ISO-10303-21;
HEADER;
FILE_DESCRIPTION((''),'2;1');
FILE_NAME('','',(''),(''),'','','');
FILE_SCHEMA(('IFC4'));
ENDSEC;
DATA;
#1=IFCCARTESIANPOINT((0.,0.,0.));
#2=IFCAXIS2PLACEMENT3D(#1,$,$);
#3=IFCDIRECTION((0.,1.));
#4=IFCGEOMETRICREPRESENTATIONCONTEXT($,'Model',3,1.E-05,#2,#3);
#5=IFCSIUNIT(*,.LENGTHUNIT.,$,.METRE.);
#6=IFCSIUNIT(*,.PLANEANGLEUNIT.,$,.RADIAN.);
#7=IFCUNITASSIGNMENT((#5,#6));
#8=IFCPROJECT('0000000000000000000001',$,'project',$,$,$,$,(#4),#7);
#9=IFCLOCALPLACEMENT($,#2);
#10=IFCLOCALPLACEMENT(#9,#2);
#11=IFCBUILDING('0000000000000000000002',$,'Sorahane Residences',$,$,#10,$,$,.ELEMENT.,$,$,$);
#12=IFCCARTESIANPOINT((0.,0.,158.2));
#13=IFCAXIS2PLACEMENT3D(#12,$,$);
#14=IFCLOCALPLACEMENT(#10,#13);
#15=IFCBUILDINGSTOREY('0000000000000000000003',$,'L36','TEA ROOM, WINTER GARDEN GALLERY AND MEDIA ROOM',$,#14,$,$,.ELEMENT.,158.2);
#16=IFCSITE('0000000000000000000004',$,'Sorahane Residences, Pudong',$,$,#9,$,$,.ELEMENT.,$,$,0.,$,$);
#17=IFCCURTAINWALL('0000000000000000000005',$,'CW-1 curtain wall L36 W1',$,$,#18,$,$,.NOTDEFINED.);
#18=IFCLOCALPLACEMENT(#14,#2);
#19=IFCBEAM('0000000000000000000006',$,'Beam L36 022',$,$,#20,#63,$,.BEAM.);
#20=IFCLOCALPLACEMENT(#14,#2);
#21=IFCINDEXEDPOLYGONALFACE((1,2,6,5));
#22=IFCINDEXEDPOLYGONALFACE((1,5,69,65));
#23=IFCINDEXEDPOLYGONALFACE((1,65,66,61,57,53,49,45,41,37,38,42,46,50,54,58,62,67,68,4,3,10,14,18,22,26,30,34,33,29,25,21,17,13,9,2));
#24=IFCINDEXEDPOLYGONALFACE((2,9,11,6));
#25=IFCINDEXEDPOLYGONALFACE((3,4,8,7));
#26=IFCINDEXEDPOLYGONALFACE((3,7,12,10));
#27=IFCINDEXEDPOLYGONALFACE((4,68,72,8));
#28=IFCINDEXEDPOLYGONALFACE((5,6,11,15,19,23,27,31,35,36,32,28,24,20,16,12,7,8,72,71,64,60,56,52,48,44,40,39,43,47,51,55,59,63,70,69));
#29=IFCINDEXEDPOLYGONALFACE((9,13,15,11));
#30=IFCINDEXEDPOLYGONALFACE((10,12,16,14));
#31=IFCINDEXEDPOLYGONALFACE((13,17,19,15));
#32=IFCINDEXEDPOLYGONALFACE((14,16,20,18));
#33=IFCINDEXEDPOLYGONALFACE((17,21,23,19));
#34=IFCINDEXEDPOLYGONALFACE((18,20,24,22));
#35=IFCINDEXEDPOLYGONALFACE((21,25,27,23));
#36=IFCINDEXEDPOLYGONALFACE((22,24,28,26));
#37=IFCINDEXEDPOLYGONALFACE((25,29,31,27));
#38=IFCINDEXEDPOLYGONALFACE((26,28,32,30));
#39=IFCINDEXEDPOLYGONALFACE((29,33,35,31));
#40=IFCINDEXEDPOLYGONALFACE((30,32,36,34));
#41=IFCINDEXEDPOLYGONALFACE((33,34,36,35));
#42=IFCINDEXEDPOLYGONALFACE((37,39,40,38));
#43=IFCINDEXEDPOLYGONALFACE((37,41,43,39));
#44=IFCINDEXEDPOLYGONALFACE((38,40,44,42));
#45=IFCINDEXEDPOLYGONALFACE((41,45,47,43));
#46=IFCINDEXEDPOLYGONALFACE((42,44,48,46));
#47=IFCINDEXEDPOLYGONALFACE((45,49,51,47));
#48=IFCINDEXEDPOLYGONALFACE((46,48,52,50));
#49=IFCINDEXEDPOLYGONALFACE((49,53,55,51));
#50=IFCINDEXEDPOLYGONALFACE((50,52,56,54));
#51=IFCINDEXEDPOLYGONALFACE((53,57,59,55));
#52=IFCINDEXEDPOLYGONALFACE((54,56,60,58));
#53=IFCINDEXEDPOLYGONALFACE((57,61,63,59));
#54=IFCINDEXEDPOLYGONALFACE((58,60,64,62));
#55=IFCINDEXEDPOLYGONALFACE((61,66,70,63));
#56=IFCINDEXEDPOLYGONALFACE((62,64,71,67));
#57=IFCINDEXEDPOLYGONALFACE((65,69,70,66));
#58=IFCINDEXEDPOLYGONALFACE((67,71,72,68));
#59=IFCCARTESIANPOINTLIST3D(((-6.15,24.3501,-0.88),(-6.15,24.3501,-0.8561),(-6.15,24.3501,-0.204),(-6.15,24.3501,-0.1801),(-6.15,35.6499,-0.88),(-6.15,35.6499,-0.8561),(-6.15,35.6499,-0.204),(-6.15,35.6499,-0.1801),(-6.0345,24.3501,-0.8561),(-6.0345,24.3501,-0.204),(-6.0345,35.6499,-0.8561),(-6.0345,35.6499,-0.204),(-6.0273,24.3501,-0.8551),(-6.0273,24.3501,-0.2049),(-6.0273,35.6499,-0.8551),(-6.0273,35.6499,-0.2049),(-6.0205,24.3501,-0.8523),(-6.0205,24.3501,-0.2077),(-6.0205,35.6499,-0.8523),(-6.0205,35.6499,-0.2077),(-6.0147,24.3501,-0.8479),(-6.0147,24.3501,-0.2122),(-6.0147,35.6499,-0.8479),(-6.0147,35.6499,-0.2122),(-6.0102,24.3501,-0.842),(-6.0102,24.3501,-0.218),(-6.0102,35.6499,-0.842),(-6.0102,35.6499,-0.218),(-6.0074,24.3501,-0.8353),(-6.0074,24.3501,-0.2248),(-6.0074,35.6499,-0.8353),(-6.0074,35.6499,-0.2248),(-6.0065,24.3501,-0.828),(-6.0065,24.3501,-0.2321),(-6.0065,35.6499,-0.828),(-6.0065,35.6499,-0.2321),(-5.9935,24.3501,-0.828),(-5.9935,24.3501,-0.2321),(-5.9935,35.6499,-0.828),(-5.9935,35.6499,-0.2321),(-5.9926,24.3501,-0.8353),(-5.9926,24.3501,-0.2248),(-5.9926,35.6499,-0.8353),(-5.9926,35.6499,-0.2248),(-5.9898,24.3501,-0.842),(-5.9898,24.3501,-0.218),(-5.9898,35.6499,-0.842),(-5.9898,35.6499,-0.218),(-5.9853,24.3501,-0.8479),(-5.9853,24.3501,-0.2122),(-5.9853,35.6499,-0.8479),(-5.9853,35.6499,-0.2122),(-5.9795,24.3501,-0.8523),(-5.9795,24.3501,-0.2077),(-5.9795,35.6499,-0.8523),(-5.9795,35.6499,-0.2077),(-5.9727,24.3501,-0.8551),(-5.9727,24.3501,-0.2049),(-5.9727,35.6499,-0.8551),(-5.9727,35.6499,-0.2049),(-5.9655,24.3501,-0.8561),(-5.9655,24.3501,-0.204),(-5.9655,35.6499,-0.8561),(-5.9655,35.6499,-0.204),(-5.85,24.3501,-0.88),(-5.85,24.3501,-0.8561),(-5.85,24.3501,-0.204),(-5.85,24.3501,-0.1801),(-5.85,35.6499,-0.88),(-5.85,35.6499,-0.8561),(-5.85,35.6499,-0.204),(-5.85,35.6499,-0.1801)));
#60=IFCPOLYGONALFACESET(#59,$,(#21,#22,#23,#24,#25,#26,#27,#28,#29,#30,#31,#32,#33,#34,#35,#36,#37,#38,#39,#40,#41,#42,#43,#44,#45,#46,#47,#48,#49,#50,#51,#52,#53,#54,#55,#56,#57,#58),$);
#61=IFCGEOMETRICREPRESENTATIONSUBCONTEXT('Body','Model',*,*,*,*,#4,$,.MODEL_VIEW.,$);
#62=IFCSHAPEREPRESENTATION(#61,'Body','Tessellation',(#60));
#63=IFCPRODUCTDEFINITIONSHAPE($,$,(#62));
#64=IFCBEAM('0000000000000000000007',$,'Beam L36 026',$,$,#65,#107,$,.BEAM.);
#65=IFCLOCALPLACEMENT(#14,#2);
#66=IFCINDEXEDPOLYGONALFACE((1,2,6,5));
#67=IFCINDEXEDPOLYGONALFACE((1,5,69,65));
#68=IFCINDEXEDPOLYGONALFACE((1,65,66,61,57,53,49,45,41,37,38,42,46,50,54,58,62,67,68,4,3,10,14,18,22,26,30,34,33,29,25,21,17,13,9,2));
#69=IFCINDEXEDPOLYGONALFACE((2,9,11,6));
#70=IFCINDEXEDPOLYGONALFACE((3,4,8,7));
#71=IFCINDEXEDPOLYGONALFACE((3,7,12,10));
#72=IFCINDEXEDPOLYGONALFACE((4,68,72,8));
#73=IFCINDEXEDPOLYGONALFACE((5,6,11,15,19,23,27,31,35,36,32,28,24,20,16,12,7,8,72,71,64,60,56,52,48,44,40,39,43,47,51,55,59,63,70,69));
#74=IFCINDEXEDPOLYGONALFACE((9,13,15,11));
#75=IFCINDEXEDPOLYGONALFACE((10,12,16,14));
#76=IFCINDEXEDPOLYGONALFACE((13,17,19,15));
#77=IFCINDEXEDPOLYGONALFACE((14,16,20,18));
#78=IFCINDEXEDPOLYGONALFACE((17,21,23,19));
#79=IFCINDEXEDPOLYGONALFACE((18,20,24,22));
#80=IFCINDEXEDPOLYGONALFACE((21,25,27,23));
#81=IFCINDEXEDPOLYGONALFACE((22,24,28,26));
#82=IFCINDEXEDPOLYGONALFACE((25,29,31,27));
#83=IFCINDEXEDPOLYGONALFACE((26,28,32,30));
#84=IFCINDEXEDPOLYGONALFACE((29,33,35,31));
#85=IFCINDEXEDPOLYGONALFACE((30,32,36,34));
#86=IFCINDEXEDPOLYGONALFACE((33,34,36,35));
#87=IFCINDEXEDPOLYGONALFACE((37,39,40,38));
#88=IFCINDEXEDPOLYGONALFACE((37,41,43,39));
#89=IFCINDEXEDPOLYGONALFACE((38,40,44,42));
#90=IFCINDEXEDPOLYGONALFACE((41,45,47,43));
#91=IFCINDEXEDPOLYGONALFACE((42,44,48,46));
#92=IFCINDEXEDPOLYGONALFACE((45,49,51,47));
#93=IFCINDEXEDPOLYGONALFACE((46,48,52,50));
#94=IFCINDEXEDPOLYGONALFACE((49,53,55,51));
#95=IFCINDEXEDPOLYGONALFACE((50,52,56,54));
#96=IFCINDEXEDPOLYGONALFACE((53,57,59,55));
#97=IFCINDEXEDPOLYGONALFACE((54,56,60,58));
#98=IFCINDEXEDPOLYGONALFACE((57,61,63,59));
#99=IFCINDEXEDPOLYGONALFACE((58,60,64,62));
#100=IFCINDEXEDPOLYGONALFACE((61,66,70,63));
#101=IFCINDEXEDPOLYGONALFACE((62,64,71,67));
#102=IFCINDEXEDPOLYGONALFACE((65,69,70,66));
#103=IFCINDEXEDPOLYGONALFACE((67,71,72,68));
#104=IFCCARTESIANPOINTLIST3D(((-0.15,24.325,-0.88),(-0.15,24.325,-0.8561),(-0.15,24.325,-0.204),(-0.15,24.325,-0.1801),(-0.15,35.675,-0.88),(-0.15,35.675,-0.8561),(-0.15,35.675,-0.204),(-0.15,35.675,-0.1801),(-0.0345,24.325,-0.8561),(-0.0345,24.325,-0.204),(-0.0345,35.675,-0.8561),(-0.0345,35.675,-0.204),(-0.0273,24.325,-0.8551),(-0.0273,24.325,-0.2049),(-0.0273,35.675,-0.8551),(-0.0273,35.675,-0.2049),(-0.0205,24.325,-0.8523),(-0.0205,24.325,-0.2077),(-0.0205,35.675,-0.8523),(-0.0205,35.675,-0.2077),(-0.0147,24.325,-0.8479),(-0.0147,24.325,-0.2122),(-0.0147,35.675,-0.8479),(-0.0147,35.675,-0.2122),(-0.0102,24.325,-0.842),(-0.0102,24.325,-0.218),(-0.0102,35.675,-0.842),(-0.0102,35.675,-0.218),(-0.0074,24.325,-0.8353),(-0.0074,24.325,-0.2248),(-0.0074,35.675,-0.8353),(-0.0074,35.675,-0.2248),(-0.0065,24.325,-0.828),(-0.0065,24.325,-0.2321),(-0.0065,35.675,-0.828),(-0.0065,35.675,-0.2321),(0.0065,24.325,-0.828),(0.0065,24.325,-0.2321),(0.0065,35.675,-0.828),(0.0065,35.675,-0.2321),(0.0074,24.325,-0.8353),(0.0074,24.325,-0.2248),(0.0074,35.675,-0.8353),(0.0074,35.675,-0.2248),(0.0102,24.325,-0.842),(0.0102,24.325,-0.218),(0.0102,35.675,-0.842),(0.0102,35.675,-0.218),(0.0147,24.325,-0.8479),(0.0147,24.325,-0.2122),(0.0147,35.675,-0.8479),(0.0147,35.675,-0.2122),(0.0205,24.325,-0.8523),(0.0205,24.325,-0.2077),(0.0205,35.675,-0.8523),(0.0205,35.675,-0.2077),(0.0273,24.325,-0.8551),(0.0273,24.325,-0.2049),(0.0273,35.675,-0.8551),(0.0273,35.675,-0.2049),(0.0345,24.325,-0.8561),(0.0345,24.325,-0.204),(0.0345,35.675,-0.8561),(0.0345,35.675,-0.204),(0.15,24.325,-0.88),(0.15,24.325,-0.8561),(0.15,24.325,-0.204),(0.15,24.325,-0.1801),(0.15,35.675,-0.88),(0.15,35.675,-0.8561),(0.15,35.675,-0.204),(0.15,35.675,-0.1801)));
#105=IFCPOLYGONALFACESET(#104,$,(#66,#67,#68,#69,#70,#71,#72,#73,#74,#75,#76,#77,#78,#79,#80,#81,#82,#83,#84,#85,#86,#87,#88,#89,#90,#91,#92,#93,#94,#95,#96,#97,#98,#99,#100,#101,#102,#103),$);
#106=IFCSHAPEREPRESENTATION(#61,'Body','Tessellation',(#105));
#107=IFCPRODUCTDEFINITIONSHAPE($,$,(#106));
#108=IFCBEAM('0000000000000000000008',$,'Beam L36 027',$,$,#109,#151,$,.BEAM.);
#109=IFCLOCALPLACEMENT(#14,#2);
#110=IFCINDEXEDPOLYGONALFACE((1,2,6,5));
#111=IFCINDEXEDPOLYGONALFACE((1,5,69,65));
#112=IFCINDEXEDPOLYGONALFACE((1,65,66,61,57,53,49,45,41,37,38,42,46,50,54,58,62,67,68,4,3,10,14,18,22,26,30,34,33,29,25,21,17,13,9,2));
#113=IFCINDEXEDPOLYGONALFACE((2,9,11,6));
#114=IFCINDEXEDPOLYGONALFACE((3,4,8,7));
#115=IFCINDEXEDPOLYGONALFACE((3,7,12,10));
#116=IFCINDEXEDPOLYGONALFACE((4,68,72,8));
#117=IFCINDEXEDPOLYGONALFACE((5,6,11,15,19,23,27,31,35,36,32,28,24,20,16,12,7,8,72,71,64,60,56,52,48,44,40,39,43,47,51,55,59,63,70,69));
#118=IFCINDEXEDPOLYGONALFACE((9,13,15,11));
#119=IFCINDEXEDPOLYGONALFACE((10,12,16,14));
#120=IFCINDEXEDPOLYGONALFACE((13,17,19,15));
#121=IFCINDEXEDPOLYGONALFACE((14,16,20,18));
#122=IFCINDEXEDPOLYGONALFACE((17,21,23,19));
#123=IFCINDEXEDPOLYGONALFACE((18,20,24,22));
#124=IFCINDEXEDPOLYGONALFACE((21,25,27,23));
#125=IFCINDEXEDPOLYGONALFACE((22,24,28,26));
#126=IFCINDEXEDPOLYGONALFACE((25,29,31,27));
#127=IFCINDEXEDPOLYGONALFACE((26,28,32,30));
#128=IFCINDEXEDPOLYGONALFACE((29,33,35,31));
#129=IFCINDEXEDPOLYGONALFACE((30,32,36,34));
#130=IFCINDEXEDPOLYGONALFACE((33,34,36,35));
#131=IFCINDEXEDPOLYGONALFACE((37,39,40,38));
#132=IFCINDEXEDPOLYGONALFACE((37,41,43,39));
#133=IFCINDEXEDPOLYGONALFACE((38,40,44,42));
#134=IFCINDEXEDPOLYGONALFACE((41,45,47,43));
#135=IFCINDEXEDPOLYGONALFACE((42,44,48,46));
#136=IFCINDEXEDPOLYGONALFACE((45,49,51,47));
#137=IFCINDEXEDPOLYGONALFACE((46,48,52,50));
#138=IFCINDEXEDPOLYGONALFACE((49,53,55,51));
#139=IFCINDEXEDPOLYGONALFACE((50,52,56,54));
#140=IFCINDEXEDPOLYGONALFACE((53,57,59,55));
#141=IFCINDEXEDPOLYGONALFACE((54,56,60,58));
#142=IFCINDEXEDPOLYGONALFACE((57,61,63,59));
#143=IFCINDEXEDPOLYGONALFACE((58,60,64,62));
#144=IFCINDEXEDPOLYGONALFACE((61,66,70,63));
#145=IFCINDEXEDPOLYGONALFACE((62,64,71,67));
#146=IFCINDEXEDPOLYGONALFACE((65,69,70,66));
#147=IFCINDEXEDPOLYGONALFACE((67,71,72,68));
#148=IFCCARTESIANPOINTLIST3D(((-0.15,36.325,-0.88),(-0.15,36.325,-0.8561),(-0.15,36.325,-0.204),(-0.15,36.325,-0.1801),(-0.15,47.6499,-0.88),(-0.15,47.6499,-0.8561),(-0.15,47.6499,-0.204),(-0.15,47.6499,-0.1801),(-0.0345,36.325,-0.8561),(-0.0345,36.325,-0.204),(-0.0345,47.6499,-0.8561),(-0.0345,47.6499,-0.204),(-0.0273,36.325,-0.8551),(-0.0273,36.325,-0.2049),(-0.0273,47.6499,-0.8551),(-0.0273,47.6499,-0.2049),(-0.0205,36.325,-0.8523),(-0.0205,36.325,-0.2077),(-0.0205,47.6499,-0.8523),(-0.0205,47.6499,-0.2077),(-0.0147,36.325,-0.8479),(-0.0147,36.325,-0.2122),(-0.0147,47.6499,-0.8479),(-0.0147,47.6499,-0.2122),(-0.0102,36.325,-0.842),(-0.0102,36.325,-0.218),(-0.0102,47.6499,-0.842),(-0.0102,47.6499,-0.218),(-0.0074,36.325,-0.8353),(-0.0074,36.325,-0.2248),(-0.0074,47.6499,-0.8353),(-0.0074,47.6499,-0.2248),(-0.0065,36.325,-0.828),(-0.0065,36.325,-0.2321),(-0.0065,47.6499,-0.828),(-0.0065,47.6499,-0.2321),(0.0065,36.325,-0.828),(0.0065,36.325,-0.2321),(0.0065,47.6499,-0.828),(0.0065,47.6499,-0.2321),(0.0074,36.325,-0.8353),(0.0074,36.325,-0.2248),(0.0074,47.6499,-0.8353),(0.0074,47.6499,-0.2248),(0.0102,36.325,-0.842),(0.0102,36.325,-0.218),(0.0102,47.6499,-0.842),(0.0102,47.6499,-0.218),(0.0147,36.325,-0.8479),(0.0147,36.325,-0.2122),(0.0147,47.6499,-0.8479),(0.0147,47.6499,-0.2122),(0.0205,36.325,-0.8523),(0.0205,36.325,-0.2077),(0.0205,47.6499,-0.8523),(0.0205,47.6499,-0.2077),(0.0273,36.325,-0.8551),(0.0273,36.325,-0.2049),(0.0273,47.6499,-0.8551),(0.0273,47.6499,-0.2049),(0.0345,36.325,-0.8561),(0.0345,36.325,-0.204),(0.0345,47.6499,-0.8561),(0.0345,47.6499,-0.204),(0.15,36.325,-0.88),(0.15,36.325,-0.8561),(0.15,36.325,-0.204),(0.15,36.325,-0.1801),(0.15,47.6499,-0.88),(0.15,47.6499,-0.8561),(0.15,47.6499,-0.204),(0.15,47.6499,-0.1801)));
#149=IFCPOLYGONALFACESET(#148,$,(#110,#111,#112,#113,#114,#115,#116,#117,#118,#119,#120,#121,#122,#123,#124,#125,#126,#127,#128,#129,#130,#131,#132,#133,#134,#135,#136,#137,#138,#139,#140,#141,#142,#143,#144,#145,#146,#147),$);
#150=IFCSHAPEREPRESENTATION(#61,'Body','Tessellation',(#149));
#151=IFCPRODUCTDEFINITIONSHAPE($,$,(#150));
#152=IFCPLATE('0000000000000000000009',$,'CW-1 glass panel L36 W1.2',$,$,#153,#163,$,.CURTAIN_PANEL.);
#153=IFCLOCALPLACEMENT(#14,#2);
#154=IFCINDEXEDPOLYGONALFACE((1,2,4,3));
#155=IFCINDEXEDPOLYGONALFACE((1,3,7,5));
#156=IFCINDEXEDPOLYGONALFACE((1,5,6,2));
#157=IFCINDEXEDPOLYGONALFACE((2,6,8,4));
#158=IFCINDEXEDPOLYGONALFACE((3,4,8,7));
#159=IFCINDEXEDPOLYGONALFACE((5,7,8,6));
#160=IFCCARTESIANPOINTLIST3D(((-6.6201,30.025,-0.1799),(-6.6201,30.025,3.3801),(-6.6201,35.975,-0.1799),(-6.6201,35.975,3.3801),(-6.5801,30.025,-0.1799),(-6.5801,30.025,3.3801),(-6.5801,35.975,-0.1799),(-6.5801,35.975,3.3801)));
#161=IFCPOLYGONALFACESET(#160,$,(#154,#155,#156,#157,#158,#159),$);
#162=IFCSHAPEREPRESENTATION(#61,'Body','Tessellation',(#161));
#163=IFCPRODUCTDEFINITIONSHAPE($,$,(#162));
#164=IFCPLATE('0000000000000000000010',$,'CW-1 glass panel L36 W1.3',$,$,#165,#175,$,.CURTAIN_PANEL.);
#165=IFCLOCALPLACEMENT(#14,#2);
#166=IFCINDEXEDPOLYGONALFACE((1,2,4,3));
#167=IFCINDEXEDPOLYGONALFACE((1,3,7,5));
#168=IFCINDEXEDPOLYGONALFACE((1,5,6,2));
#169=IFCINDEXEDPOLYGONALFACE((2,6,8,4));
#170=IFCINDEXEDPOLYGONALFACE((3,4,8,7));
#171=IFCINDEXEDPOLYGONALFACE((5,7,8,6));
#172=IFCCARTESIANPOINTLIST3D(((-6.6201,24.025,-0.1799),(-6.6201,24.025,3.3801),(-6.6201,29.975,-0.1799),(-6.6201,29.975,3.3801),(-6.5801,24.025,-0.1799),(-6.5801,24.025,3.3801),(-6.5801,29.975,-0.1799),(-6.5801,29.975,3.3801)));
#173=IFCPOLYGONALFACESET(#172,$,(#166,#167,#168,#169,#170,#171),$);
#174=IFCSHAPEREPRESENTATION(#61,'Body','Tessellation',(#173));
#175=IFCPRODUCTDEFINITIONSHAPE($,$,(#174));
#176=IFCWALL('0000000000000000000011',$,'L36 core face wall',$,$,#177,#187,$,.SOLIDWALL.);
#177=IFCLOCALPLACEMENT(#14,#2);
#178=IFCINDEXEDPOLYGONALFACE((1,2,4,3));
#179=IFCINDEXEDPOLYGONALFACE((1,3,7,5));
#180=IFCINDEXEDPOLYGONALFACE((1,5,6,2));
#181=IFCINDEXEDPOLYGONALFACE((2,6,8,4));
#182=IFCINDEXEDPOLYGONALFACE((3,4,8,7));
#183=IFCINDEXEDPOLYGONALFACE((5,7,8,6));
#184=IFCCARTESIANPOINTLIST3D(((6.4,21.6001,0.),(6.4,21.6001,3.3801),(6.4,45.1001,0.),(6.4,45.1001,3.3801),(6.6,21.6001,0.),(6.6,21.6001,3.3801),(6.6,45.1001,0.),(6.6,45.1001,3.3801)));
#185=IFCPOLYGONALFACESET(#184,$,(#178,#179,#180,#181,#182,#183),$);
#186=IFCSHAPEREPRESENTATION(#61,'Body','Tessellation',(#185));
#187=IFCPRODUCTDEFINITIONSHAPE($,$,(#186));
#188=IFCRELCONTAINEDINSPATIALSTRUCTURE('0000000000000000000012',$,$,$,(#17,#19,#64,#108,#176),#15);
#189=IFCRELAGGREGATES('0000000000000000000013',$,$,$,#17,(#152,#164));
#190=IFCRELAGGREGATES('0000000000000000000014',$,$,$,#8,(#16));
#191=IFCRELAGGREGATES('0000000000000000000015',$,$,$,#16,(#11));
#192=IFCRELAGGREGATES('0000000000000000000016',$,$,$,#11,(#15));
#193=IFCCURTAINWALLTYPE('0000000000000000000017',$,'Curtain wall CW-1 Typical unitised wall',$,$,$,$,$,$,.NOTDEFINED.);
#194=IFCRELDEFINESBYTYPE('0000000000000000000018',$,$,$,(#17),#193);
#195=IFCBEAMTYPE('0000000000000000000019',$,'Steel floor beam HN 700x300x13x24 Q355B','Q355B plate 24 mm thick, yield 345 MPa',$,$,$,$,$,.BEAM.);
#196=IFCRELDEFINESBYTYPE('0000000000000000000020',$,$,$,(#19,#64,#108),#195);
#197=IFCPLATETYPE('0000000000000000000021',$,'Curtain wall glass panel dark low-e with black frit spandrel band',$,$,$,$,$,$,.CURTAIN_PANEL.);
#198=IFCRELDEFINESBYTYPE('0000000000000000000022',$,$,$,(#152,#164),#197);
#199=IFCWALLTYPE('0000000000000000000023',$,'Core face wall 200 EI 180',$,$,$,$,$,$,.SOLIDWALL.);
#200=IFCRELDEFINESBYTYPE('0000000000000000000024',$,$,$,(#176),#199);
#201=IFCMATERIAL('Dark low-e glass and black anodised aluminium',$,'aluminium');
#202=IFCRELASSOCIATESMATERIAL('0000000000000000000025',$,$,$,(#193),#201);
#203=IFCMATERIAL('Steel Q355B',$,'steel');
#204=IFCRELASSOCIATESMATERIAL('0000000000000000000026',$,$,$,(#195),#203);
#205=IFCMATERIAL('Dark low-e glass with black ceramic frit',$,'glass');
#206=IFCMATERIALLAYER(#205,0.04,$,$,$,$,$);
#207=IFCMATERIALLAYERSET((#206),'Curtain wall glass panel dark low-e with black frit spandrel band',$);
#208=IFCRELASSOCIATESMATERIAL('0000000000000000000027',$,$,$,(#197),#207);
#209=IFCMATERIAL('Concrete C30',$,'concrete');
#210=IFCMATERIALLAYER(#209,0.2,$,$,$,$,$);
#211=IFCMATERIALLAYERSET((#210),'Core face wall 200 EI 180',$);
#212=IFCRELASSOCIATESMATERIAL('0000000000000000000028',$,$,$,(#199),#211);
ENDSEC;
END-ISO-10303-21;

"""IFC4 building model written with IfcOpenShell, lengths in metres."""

from ifc_helpers import new_model, si_unit, direction, frame, frame_2d, origin, origin_2d, place, context, subcontext, project, spatial, rectangle, i_section, extrude, material, layer, layer_set, material_profile, profile_set, type_object, element, aggregate, save


model = new_model("IFC4")

# Units and contexts
model_context = context("Model", 3, precision=1e-05, world=origin(), true_north=direction((0.0, 1.0)))
body_context = subcontext(model_context, "Body", "Model", "MODEL_VIEW")
ifc_project = project(units=[si_unit("LENGTHUNIT", "METRE"), si_unit("PLANEANGLEUNIT", "RADIAN")], contexts=[model_context])

# Site, building, storey
site_placement = place(None, origin())
site = spatial("IfcSite", under=ifc_project, at=site_placement, Name="Sorahane Residences, Pudong", CompositionType="ELEMENT", RefElevation=0.0)
building_placement = place(site_placement, origin())
building = spatial("IfcBuilding", under=site, at=building_placement, Name="Sorahane Residences", CompositionType="ELEMENT")
storey_placement = place(building_placement, frame((0.0, 0.0, 158.2)))
storey = spatial("IfcBuildingStorey", under=building, at=storey_placement, Name="L36", Description="TEA ROOM, WINTER GARDEN GALLERY AND MEDIA ROOM", CompositionType="ELEMENT", Elevation=158.2)

# Curtain wall
ifc_material_1 = material(Name="Dark low-e glass and black anodised aluminium", Category="aluminium")
curtain_wall_type = type_object("IfcCurtainWallType", Name="Curtain wall CW-1 Typical unitised wall", PredefinedType="NOTDEFINED", material=ifc_material_1)
curtain_wall_placement = place(storey_placement, origin())
curtain_wall = element("IfcCurtainWall", 1, at=curtain_wall_placement, inside=storey, type_object=curtain_wall_type, Name="CW-1 curtain wall L36 W1", PredefinedType="NOTDEFINED")

# Beams
ifc_material_2 = material(Name="Steel Q355B", Category="steel")
ifc_material_profile_1 = material_profile(ifc_material_2, i_section(OverallWidth=0.3, OverallDepth=0.7, WebThickness=0.0129, FlangeThickness=0.0239, FilletRadius=0.0281, at=origin_2d()), Name="HN 700x300x13x24")
ifc_profile_set_1 = profile_set([ifc_material_profile_1], Name="Steel Q355B")
beam_type_1 = type_object("IfcBeamType", Name="Steel floor beam HN 700x300x13x24 Q355B", Description="Q355B plate 24 mm thick, yield 345 MPa", PredefinedType="BEAM", material=ifc_profile_set_1)
beam_1_placement = place(storey_placement, frame((-6.0, 24.3501, -0.53), z_axis=(0.0, 1.0, 0.0), x_axis=(-1.0, 0.0, 0.0)))
element("IfcBeam", 2, at=beam_1_placement, inside=storey, type_object=beam_type_1, Name="Beam L36 022", PredefinedType="BEAM", context=body_context, shape_type="SweptSolid", body=[
    extrude(i_section(OverallWidth=0.3, OverallDepth=0.7, WebThickness=0.0129, FlangeThickness=0.0239, FilletRadius=0.0281, at=origin_2d()), origin(), (0.0, 0.0, 1.0), 11.2998),
])
beam_2_placement = place(storey_placement, frame((0.0, 24.325, -0.53), z_axis=(0.0, 1.0, 0.0), x_axis=(-1.0, 0.0, 0.0)))
element("IfcBeam", 3, at=beam_2_placement, inside=storey, type_object=beam_type_1, Name="Beam L36 026", PredefinedType="BEAM", context=body_context, shape_type="SweptSolid", body=[
    extrude(i_section(OverallWidth=0.3, OverallDepth=0.7, WebThickness=0.0129, FlangeThickness=0.0239, FilletRadius=0.0281, at=origin_2d()), origin(), (0.0, 0.0, 1.0), 11.3501),
])
beam_3_placement = place(storey_placement, frame((0.0, 36.325, -0.53), z_axis=(0.0, 1.0, 0.0), x_axis=(-1.0, 0.0, 0.0)))
element("IfcBeam", 4, at=beam_3_placement, inside=storey, type_object=beam_type_1, Name="Beam L36 027", PredefinedType="BEAM", context=body_context, shape_type="SweptSolid", body=[
    extrude(i_section(OverallWidth=0.3, OverallDepth=0.7, WebThickness=0.0129, FlangeThickness=0.0239, FilletRadius=0.0281, at=origin_2d()), origin(), (0.0, 0.0, 1.0), 11.325),
])

# Plates
ifc_material_3 = material(Name="Dark low-e glass with black ceramic frit", Category="glass")
ifc_layer_1 = layer(ifc_material_3, 0.04)
ifc_layer_set_1 = layer_set([ifc_layer_1], Name="Curtain wall glass panel dark low-e with black frit spandrel band")
plate_type = type_object("IfcPlateType", Name="Curtain wall glass panel dark low-e with black frit spandrel band", PredefinedType="CURTAIN_PANEL", material=ifc_layer_set_1)
plate_1_placement = place(storey_placement, frame((-6.6001, 33.0, -0.1799), z_axis=(0.0, 0.0, 1.0), x_axis=(0.0, -1.0, 0.0)))
plate_1 = element("IfcPlate", 5, at=plate_1_placement, type_object=plate_type, Name="CW-1 glass panel L36 W1.2", PredefinedType="CURTAIN_PANEL", context=body_context, shape_type="SweptSolid", body=[
    extrude(rectangle(XDim=5.95, YDim=0.04, at=origin_2d()), origin(), (0.0, 0.0, 1.0), 3.5601),
])
plate_2_placement = place(storey_placement, frame((-6.6001, 27.0, -0.1799), z_axis=(0.0, 0.0, 1.0), x_axis=(0.0, -1.0, 0.0)))
plate_2 = element("IfcPlate", 6, at=plate_2_placement, type_object=plate_type, Name="CW-1 glass panel L36 W1.3", PredefinedType="CURTAIN_PANEL", context=body_context, shape_type="SweptSolid", body=[
    extrude(rectangle(XDim=5.95, YDim=0.04, at=origin_2d()), origin(), (0.0, 0.0, 1.0), 3.5601),
])
aggregate(curtain_wall, [plate_1, plate_2])

# Wall
ifc_material_4 = material(Name="Concrete C30", Category="concrete")
ifc_layer_2 = layer(ifc_material_4, 0.2)
ifc_layer_set_2 = layer_set([ifc_layer_2], Name="Core face wall 200 EI 180")
wall_type_1 = type_object("IfcWallType", Name="Core face wall 200 EI 180", PredefinedType="SOLIDWALL", material=ifc_layer_set_2)
wall_1_placement = place(storey_placement, frame((6.5, 21.6001, 0.0), z_axis=(0.0, 0.0, 1.0), x_axis=(0.0, 1.0, 0.0)))
element("IfcWall", 7, at=wall_1_placement, inside=storey, type_object=wall_type_1, Name="L36 core face wall", PredefinedType="SOLIDWALL", context=body_context, shape_type="SweptSolid", body=[
    extrude(rectangle(XDim=23.5, YDim=0.2, at=frame_2d((11.75, 0.0))), origin(), (0.0, 0.0, 1.0), 3.3801),
])

save(model, "model.ifc")
